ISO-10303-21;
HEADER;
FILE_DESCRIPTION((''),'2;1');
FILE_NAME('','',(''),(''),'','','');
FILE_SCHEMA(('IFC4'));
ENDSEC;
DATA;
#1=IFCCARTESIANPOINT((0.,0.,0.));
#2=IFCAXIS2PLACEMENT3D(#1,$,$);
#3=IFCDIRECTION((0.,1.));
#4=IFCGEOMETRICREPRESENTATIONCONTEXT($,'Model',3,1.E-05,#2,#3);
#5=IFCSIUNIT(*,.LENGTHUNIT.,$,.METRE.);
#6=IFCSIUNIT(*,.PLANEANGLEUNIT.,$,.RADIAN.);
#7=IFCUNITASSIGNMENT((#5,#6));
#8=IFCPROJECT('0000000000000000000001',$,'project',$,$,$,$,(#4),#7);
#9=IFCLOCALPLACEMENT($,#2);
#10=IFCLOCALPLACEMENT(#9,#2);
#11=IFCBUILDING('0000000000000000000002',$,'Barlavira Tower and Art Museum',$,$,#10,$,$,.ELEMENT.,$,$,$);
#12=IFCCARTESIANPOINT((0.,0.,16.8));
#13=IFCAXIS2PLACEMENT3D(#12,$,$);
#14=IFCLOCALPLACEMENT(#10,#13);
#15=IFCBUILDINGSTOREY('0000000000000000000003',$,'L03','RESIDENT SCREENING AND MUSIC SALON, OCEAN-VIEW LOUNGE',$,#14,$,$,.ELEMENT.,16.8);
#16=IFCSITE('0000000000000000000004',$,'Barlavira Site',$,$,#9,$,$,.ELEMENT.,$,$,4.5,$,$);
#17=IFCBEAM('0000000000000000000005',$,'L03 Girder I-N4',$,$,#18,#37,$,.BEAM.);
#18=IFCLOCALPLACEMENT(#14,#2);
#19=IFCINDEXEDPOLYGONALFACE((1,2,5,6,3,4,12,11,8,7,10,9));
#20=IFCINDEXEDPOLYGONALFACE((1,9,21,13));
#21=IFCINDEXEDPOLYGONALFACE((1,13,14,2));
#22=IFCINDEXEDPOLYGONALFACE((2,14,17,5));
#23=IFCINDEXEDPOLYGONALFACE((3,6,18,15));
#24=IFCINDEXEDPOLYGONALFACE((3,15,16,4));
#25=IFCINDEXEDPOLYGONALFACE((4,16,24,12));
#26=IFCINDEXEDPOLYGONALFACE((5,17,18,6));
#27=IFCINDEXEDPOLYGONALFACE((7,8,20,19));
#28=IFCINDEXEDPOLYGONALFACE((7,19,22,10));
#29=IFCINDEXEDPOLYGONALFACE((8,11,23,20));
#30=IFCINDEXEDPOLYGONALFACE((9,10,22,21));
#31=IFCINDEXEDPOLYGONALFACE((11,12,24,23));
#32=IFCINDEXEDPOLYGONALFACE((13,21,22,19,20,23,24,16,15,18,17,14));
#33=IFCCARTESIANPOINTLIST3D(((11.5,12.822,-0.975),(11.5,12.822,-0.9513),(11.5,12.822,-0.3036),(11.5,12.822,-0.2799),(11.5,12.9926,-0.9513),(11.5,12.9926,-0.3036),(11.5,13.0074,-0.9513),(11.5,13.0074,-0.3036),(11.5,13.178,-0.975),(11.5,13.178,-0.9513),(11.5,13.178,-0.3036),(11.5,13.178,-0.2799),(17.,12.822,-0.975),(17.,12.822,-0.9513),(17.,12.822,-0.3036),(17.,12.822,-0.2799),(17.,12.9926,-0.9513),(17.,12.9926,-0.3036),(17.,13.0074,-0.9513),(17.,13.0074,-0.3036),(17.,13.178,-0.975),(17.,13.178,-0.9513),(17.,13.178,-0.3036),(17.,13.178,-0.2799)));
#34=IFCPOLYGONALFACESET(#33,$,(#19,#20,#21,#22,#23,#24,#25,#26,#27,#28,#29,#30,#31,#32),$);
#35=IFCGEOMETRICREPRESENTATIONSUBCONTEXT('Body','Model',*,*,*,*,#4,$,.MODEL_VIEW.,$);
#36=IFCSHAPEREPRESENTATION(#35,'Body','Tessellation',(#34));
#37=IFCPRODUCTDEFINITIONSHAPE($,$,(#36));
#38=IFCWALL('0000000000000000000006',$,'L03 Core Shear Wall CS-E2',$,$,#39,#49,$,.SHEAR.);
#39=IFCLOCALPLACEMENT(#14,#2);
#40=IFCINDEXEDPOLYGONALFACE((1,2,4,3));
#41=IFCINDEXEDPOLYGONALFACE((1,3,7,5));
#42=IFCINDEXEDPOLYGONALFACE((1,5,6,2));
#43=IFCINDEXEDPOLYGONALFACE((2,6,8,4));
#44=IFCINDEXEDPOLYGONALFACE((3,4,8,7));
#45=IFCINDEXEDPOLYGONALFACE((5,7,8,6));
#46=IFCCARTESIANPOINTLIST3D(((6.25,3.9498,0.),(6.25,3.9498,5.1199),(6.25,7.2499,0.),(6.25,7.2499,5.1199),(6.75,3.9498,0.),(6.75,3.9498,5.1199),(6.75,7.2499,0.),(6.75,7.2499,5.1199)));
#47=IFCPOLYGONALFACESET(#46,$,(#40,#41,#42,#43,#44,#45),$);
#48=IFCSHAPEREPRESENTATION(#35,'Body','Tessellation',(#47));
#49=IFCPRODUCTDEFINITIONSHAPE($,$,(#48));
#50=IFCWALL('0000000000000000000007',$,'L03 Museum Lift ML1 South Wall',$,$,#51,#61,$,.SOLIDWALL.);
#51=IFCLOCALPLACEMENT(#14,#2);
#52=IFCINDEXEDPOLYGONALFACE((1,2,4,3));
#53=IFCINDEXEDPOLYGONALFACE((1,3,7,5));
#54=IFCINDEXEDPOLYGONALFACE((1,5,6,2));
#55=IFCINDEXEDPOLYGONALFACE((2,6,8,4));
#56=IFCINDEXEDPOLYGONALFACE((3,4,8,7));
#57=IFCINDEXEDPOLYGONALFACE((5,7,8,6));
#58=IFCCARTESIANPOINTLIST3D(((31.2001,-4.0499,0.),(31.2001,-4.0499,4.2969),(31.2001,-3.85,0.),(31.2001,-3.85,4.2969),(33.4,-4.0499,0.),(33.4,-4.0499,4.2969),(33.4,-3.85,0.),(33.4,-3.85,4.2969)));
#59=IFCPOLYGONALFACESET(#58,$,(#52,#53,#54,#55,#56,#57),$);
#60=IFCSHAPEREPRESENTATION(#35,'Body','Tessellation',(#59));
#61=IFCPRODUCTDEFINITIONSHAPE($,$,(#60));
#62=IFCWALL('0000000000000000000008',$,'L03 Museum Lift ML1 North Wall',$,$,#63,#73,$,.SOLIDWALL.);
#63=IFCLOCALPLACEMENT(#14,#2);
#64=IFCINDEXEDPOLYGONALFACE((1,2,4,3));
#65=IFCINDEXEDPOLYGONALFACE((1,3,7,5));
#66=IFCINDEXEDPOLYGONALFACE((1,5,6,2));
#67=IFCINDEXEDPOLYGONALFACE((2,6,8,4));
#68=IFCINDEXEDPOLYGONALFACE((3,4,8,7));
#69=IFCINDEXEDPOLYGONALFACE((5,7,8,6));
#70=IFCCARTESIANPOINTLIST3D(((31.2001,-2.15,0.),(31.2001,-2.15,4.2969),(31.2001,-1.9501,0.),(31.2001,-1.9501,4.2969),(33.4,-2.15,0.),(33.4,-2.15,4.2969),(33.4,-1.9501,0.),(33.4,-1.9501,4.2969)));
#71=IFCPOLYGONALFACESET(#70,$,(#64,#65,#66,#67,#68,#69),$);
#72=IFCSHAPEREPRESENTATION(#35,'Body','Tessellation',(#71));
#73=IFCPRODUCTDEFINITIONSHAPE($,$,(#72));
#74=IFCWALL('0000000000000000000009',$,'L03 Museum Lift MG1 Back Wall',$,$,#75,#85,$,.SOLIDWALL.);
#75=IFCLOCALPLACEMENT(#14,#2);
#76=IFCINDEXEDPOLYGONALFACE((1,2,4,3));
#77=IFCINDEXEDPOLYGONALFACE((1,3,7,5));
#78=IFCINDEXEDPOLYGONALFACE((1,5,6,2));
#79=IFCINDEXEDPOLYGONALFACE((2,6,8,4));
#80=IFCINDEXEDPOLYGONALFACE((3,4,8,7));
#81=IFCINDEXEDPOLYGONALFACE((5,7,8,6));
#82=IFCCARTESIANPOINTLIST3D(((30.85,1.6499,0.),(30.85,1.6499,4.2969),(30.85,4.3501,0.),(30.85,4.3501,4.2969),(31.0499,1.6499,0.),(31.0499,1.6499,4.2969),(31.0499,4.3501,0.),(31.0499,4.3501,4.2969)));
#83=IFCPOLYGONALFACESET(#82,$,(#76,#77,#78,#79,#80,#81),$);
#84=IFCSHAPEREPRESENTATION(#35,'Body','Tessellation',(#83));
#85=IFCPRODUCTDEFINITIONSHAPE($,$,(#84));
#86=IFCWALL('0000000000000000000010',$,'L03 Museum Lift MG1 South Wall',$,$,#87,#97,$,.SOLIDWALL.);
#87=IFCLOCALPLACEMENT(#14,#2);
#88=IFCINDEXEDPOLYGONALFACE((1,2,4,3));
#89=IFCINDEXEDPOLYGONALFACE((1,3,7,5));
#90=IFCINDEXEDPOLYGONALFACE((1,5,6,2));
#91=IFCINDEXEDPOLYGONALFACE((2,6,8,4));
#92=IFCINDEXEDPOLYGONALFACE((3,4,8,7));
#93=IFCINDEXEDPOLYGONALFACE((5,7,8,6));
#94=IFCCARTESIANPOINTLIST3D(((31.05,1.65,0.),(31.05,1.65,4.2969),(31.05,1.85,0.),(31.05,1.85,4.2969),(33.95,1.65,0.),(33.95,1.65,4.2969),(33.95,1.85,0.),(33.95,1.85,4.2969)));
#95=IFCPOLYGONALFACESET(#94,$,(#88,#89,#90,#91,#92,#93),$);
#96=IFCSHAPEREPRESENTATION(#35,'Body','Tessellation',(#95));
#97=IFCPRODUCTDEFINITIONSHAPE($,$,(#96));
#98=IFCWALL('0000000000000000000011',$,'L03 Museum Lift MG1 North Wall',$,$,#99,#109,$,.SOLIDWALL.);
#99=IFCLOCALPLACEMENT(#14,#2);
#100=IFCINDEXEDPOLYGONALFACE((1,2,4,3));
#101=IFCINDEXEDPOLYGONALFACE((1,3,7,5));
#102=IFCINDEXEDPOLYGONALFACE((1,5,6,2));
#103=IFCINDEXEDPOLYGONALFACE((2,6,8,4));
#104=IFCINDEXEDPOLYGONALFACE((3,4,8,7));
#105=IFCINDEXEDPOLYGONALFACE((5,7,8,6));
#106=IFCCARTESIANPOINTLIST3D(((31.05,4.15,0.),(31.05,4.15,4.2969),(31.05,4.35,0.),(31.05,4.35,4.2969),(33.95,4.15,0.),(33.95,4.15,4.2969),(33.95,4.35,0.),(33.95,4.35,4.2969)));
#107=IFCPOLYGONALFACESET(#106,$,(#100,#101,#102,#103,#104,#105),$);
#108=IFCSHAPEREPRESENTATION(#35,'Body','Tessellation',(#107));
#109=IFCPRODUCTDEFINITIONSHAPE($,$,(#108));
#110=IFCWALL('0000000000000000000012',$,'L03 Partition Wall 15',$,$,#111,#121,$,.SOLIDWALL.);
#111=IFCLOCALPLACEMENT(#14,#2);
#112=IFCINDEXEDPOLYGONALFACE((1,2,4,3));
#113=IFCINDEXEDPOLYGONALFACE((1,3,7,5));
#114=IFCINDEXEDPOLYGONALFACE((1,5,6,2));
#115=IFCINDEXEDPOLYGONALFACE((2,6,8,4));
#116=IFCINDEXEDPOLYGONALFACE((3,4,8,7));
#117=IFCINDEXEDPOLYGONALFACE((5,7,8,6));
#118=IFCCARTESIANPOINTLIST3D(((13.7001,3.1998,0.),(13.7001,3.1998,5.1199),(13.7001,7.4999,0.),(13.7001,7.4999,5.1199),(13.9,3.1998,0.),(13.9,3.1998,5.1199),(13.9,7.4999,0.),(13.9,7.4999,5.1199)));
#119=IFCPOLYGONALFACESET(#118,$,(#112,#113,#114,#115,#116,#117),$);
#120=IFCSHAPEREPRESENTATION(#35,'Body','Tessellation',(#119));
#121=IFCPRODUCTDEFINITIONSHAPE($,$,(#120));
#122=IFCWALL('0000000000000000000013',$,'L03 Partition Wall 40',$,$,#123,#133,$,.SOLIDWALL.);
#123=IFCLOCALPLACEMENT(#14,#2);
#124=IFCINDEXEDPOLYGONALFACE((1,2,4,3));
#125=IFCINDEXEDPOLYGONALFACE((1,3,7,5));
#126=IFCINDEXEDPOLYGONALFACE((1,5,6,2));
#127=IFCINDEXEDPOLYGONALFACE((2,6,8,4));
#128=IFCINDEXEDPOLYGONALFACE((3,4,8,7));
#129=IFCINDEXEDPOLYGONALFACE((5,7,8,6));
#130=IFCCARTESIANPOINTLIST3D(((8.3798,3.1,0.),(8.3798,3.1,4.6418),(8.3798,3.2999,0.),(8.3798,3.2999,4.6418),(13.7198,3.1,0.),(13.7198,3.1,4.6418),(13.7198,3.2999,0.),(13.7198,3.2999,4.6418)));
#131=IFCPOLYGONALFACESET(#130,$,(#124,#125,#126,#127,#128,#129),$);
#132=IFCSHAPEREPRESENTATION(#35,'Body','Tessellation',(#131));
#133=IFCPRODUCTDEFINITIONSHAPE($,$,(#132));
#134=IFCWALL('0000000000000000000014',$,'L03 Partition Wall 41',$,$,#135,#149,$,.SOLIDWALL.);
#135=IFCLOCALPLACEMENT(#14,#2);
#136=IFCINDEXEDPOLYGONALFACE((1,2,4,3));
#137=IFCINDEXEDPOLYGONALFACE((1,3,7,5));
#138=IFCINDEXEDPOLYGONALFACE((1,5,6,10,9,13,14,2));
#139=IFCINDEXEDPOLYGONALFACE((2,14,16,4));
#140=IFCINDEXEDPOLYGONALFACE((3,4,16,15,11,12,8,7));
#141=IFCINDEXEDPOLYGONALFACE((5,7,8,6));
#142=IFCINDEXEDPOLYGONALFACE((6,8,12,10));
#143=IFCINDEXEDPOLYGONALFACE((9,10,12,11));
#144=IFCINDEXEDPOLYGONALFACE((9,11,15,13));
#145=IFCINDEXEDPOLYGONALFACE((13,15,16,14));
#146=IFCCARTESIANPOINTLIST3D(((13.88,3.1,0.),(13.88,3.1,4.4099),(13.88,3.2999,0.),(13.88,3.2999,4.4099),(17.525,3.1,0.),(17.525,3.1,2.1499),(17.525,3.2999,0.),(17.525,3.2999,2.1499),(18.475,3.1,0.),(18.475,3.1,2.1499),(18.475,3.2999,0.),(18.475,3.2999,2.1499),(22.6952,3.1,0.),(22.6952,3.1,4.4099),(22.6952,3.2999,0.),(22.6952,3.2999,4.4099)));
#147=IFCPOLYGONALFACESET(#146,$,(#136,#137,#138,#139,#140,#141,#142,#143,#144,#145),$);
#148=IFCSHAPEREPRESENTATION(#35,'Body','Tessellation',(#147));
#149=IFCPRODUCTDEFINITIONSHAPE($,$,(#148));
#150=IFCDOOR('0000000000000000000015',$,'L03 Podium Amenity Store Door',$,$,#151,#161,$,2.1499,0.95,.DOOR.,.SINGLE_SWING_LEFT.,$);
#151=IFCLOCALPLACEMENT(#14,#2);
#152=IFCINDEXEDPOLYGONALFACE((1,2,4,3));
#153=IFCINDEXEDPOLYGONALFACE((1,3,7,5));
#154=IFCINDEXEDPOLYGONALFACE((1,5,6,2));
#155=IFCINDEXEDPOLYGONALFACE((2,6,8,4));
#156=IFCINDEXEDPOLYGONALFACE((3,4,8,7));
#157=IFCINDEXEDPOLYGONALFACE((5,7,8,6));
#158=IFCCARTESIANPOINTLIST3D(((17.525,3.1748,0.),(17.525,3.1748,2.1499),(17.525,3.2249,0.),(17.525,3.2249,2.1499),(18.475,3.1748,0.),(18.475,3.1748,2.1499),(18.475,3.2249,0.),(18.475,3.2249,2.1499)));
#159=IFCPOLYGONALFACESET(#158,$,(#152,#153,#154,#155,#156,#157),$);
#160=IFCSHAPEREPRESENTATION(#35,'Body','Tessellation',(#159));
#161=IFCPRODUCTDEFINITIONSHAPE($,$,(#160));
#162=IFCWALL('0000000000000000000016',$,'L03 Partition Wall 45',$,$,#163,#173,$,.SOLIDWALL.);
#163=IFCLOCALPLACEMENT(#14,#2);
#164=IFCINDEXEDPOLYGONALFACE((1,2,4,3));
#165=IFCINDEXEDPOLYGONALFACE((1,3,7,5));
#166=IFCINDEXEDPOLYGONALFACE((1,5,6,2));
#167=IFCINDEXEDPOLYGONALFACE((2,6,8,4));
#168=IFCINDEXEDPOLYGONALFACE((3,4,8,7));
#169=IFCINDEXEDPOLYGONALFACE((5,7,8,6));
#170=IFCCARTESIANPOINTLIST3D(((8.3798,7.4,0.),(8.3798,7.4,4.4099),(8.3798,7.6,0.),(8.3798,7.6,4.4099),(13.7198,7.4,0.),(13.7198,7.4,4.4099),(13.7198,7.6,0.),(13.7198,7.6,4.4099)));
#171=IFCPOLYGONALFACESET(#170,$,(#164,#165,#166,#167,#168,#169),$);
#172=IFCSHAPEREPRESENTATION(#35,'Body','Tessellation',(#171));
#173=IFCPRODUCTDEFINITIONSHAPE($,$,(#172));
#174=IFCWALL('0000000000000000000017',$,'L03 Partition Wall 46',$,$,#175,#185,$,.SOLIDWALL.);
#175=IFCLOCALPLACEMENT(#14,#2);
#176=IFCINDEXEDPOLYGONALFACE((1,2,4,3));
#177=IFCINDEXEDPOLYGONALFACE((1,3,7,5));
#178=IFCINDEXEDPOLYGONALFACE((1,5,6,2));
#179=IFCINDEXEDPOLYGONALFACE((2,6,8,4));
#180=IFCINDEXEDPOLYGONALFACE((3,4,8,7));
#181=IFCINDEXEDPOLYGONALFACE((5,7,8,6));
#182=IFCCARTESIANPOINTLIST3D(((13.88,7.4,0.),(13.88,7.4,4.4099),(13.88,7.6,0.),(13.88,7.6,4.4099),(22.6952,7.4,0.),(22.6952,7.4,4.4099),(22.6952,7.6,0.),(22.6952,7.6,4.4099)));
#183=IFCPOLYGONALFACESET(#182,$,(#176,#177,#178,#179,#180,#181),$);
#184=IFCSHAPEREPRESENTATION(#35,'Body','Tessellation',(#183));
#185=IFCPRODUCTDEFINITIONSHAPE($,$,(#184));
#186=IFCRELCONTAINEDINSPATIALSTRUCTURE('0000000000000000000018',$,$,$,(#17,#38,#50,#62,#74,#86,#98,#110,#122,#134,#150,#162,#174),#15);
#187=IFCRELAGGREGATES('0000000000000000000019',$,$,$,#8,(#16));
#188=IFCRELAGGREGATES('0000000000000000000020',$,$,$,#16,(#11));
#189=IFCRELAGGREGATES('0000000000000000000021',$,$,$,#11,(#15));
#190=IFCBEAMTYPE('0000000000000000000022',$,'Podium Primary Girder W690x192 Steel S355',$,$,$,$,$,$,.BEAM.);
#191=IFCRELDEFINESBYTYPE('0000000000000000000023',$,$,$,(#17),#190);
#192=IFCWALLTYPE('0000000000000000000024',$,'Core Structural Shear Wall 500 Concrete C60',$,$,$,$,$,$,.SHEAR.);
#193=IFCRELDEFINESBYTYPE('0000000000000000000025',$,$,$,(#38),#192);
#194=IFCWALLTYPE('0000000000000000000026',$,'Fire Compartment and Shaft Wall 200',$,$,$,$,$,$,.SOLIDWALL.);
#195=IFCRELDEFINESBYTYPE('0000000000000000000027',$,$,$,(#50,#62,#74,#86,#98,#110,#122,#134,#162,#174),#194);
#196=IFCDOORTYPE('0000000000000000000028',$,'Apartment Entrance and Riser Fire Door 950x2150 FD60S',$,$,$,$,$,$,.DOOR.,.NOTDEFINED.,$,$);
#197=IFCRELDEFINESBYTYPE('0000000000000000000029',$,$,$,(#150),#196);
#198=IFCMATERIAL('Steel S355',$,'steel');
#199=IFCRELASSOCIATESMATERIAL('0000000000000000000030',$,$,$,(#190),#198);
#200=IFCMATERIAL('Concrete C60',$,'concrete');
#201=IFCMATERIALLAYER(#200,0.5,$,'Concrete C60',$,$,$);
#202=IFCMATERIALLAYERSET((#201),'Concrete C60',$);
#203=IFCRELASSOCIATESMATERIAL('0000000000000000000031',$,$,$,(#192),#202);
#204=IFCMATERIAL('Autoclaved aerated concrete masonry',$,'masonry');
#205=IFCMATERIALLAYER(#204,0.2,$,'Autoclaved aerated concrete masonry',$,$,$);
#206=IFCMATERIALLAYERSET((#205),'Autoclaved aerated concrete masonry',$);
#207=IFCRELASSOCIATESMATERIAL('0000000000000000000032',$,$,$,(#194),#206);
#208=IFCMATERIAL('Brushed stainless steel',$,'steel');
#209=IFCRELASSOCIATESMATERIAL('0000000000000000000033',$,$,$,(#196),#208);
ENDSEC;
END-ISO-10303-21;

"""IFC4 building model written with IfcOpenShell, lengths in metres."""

from ifc_helpers import new_model, si_unit, direction, frame, frame_2d, origin, origin_2d, place, context, subcontext, project, spatial, rectangle, i_section, extrude, material, layer, layer_set, material_profile, profile_set, type_object, element, fill, save


model = new_model("IFC4")

# Units and contexts
model_context = context("Model", 3, precision=1e-05, world=origin(), true_north=direction((0.0, 1.0)))
body_context = subcontext(model_context, "Body", "Model", "MODEL_VIEW")
ifc_project = project(units=[si_unit("LENGTHUNIT", "METRE"), si_unit("PLANEANGLEUNIT", "RADIAN")], contexts=[model_context])

# Site, building, storey
site_placement = place(None, origin())
site = spatial("IfcSite", under=ifc_project, at=site_placement, Name="Barlavira Site", CompositionType="ELEMENT", RefElevation=4.5)
building_placement = place(site_placement, origin())
building = spatial("IfcBuilding", under=site, at=building_placement, Name="Barlavira Tower and Art Museum", CompositionType="ELEMENT")
storey_placement = place(building_placement, frame((0.0, 0.0, 16.8)))
storey = spatial("IfcBuildingStorey", under=building, at=storey_placement, Name="L03", Description="RESIDENT SCREENING AND MUSIC SALON, OCEAN-VIEW LOUNGE", CompositionType="ELEMENT", Elevation=16.8)

# Shared definitions
ifc_material_1 = material(Name="Concrete C60", Category="concrete")

# Beam
ifc_material_2 = material(Name="Steel S355", Category="steel")
ifc_material_profile_1 = material_profile(ifc_material_2, i_section(OverallWidth=0.356, OverallDepth=0.6951, WebThickness=0.0149, FlangeThickness=0.0237, at=origin_2d()), Name="W690x192.0")
ifc_profile_set_1 = profile_set([ifc_material_profile_1], Name="Steel S355")
beam_type_1 = type_object("IfcBeamType", Name="Podium Primary Girder W690x192 Steel S355", PredefinedType="BEAM", material=ifc_profile_set_1)
beam_1_placement = place(storey_placement, frame((11.5, 13.0, -0.6274), z_axis=(1.0, 0.0, 0.0), x_axis=(0.0, 1.0, 0.0)))
element("IfcBeam", 1, at=beam_1_placement, inside=storey, type_object=beam_type_1, Name="L03 Girder I-N4", PredefinedType="BEAM", context=body_context, shape_type="SweptSolid", body=[
    extrude(i_section(OverallWidth=0.356, OverallDepth=0.6951, WebThickness=0.0149, FlangeThickness=0.0237, at=origin_2d()), origin(), (0.0, 0.0, 1.0), 5.5),
])

# Walls
ifc_layer_1 = layer(ifc_material_1, 0.5, Name="Concrete C60")
ifc_layer_set_1 = layer_set([ifc_layer_1], Name="Concrete C60")
wall_type_1 = type_object("IfcWallType", Name="Core Structural Shear Wall 500 Concrete C60", PredefinedType="SHEAR", material=ifc_layer_set_1)
wall_1_placement = place(storey_placement, frame((6.5, 3.95, 0.0), z_axis=(0.0, 0.0, 1.0), x_axis=(0.0, 1.0, 0.0)))
element("IfcWall", 2, at=wall_1_placement, inside=storey, type_object=wall_type_1, Name="L03 Core Shear Wall CS-E2", PredefinedType="SHEAR", context=body_context, shape_type="SweptSolid", body=[
    extrude(rectangle(XDim=3.3, YDim=0.5, at=frame_2d((1.6499, 0.0))), origin(), (0.0, 0.0, 1.0), 5.1199),
])
ifc_material_3 = material(Name="Autoclaved aerated concrete masonry", Category="masonry")
ifc_layer_2 = layer(ifc_material_3, 0.2, Name="Autoclaved aerated concrete masonry")
ifc_layer_set_2 = layer_set([ifc_layer_2], Name="Autoclaved aerated concrete masonry")
wall_type_2 = type_object("IfcWallType", Name="Fire Compartment and Shaft Wall 200", PredefinedType="SOLIDWALL", material=ifc_layer_set_2)
for number, where, z_axis, x_axis, name in (
    (3, (31.2, -3.95, 0.0), (0.0, 0.0, 1.0), (1.0, 0.0, 0.0), "L03 Museum Lift ML1 South Wall"),
    (4, (31.2, -2.05, 0.0), (0.0, 0.0, 1.0), (1.0, 0.0, 0.0), "L03 Museum Lift ML1 North Wall"),
):
    element("IfcWall", number, at=place(storey_placement, frame(where, z_axis=z_axis, x_axis=x_axis)), inside=storey, type_object=wall_type_2, Name=name, PredefinedType="SOLIDWALL", context=body_context, shape_type="SweptSolid", body=[
        extrude(rectangle(XDim=2.2, YDim=0.2, at=frame_2d((1.1001, 0.0))), origin(), (0.0, 0.0, 1.0), 4.2969),
    ])
wall_2_placement = place(storey_placement, frame((30.95, 1.6499, 0.0), z_axis=(0.0, 0.0, 1.0), x_axis=(0.0, 1.0, 0.0)))
element("IfcWall", 5, at=wall_2_placement, inside=storey, type_object=wall_type_2, Name="L03 Museum Lift MG1 Back Wall", PredefinedType="SOLIDWALL", context=body_context, shape_type="SweptSolid", body=[
    extrude(rectangle(XDim=2.7002, YDim=0.2, at=frame_2d((1.3501, 0.0))), origin(), (0.0, 0.0, 1.0), 4.2969),
])
for number, where, z_axis, x_axis, name in (
    (6, (31.05, 1.75, 0.0), (0.0, 0.0, 1.0), (1.0, 0.0, 0.0), "L03 Museum Lift MG1 South Wall"),
    (7, (31.05, 4.25, 0.0), (0.0, 0.0, 1.0), (1.0, 0.0, 0.0), "L03 Museum Lift MG1 North Wall"),
):
    element("IfcWall", number, at=place(storey_placement, frame(where, z_axis=z_axis, x_axis=x_axis)), inside=storey, type_object=wall_type_2, Name=name, PredefinedType="SOLIDWALL", context=body_context, shape_type="SweptSolid", body=[
        extrude(rectangle(XDim=2.8999, YDim=0.2, at=frame_2d((1.45, 0.0))), origin(), (0.0, 0.0, 1.0), 4.2969),
    ])
wall_3_placement = place(storey_placement, frame((13.8, 3.2, 0.0), z_axis=(0.0, 0.0, 1.0), x_axis=(0.0, 1.0, 0.0)))
element("IfcWall", 8, at=wall_3_placement, inside=storey, type_object=wall_type_2, Name="L03 Partition Wall 15", PredefinedType="SOLIDWALL", context=body_context, shape_type="SweptSolid", body=[
    extrude(rectangle(XDim=4.3, YDim=0.2, at=frame_2d((2.1499, 0.0))), origin(), (0.0, 0.0, 1.0), 5.1199),
])
wall_4_placement = place(storey_placement, frame((8.3799, 3.2, 0.0), z_axis=(0.0, 0.0, 1.0), x_axis=(1.0, 0.0, 0.0)))
element("IfcWall", 9, at=wall_4_placement, inside=storey, type_object=wall_type_2, Name="L03 Partition Wall 40", PredefinedType="SOLIDWALL", context=body_context, shape_type="SweptSolid", body=[
    extrude(rectangle(XDim=5.3401, YDim=0.2, at=frame_2d((2.6699, 0.0))), origin(), (0.0, 0.0, 1.0), 4.6418),
])

# Wall, opening, door
wall_5_placement = place(storey_placement, frame((13.8799, 3.2, 0.0), z_axis=(0.0, 0.0, 1.0), x_axis=(1.0, 0.0, 0.0)))
wall_5 = element("IfcWall", 10, at=wall_5_placement, inside=storey, type_object=wall_type_2, Name="L03 Partition Wall 41", PredefinedType="SOLIDWALL", context=body_context, shape_type="SweptSolid", body=[
    extrude(rectangle(XDim=8.8152, YDim=0.2, at=frame_2d((4.4077, 0.0))), origin(), (0.0, 0.0, 1.0), 4.4099),
])
opening_placement = place(wall_5_placement, frame((3.645, 0.0, 0.0)))
opening = element("IfcOpeningElement", 11, at=opening_placement, cuts=wall_5, PredefinedType="OPENING", context=body_context, shape_type="SweptSolid", body=[
    extrude(rectangle(XDim=0.95, YDim=2.1499, at=frame_2d((0.4751, 1.075))), frame((0.0, 0.1099, 0.0), z_axis=(0.0, -1.0, 0.0), x_axis=(1.0, 0.0, 0.0)), (0.0, 0.0, 1.0), 0.22),
])
ifc_material_4 = material(Name="Brushed stainless steel", Category="steel")
door_type = type_object("IfcDoorType", Name="Apartment Entrance and Riser Fire Door 950x2150 FD60S", OperationType="NOTDEFINED", PredefinedType="DOOR", material=ifc_material_4)
door_placement = place(opening_placement, origin())
door = element("IfcDoor", 12, at=door_placement, inside=storey, type_object=door_type, Name="L03 Podium Amenity Store Door", OperationType="SINGLE_SWING_LEFT", OverallHeight=2.1499, OverallWidth=0.95, PredefinedType="DOOR", context=body_context, shape_type="SweptSolid", body=[
    extrude(rectangle(XDim=0.95, YDim=2.1499, at=frame_2d((0.4751, 1.075))), frame((0.0, 0.0249, 0.0), z_axis=(0.0, -1.0, 0.0), x_axis=(1.0, 0.0, 0.0)), (0.0, 0.0, 1.0), 0.05),
])
fill(opening, door)

# Walls
wall_6_placement = place(storey_placement, frame((8.3799, 7.5, 0.0), z_axis=(0.0, 0.0, 1.0), x_axis=(1.0, 0.0, 0.0)))
element("IfcWall", 13, at=wall_6_placement, inside=storey, type_object=wall_type_2, Name="L03 Partition Wall 45", PredefinedType="SOLIDWALL", context=body_context, shape_type="SweptSolid", body=[
    extrude(rectangle(XDim=5.3401, YDim=0.2, at=frame_2d((2.6699, 0.0))), origin(), (0.0, 0.0, 1.0), 4.4099),
])
wall_7_placement = place(storey_placement, frame((13.8799, 7.5, 0.0), z_axis=(0.0, 0.0, 1.0), x_axis=(1.0, 0.0, 0.0)))
element("IfcWall", 14, at=wall_7_placement, inside=storey, type_object=wall_type_2, Name="L03 Partition Wall 46", PredefinedType="SOLIDWALL", context=body_context, shape_type="SweptSolid", body=[
    extrude(rectangle(XDim=8.8152, YDim=0.2, at=frame_2d((4.4077, 0.0))), origin(), (0.0, 0.0, 1.0), 4.4099),
])

save(model, "model.ifc")
